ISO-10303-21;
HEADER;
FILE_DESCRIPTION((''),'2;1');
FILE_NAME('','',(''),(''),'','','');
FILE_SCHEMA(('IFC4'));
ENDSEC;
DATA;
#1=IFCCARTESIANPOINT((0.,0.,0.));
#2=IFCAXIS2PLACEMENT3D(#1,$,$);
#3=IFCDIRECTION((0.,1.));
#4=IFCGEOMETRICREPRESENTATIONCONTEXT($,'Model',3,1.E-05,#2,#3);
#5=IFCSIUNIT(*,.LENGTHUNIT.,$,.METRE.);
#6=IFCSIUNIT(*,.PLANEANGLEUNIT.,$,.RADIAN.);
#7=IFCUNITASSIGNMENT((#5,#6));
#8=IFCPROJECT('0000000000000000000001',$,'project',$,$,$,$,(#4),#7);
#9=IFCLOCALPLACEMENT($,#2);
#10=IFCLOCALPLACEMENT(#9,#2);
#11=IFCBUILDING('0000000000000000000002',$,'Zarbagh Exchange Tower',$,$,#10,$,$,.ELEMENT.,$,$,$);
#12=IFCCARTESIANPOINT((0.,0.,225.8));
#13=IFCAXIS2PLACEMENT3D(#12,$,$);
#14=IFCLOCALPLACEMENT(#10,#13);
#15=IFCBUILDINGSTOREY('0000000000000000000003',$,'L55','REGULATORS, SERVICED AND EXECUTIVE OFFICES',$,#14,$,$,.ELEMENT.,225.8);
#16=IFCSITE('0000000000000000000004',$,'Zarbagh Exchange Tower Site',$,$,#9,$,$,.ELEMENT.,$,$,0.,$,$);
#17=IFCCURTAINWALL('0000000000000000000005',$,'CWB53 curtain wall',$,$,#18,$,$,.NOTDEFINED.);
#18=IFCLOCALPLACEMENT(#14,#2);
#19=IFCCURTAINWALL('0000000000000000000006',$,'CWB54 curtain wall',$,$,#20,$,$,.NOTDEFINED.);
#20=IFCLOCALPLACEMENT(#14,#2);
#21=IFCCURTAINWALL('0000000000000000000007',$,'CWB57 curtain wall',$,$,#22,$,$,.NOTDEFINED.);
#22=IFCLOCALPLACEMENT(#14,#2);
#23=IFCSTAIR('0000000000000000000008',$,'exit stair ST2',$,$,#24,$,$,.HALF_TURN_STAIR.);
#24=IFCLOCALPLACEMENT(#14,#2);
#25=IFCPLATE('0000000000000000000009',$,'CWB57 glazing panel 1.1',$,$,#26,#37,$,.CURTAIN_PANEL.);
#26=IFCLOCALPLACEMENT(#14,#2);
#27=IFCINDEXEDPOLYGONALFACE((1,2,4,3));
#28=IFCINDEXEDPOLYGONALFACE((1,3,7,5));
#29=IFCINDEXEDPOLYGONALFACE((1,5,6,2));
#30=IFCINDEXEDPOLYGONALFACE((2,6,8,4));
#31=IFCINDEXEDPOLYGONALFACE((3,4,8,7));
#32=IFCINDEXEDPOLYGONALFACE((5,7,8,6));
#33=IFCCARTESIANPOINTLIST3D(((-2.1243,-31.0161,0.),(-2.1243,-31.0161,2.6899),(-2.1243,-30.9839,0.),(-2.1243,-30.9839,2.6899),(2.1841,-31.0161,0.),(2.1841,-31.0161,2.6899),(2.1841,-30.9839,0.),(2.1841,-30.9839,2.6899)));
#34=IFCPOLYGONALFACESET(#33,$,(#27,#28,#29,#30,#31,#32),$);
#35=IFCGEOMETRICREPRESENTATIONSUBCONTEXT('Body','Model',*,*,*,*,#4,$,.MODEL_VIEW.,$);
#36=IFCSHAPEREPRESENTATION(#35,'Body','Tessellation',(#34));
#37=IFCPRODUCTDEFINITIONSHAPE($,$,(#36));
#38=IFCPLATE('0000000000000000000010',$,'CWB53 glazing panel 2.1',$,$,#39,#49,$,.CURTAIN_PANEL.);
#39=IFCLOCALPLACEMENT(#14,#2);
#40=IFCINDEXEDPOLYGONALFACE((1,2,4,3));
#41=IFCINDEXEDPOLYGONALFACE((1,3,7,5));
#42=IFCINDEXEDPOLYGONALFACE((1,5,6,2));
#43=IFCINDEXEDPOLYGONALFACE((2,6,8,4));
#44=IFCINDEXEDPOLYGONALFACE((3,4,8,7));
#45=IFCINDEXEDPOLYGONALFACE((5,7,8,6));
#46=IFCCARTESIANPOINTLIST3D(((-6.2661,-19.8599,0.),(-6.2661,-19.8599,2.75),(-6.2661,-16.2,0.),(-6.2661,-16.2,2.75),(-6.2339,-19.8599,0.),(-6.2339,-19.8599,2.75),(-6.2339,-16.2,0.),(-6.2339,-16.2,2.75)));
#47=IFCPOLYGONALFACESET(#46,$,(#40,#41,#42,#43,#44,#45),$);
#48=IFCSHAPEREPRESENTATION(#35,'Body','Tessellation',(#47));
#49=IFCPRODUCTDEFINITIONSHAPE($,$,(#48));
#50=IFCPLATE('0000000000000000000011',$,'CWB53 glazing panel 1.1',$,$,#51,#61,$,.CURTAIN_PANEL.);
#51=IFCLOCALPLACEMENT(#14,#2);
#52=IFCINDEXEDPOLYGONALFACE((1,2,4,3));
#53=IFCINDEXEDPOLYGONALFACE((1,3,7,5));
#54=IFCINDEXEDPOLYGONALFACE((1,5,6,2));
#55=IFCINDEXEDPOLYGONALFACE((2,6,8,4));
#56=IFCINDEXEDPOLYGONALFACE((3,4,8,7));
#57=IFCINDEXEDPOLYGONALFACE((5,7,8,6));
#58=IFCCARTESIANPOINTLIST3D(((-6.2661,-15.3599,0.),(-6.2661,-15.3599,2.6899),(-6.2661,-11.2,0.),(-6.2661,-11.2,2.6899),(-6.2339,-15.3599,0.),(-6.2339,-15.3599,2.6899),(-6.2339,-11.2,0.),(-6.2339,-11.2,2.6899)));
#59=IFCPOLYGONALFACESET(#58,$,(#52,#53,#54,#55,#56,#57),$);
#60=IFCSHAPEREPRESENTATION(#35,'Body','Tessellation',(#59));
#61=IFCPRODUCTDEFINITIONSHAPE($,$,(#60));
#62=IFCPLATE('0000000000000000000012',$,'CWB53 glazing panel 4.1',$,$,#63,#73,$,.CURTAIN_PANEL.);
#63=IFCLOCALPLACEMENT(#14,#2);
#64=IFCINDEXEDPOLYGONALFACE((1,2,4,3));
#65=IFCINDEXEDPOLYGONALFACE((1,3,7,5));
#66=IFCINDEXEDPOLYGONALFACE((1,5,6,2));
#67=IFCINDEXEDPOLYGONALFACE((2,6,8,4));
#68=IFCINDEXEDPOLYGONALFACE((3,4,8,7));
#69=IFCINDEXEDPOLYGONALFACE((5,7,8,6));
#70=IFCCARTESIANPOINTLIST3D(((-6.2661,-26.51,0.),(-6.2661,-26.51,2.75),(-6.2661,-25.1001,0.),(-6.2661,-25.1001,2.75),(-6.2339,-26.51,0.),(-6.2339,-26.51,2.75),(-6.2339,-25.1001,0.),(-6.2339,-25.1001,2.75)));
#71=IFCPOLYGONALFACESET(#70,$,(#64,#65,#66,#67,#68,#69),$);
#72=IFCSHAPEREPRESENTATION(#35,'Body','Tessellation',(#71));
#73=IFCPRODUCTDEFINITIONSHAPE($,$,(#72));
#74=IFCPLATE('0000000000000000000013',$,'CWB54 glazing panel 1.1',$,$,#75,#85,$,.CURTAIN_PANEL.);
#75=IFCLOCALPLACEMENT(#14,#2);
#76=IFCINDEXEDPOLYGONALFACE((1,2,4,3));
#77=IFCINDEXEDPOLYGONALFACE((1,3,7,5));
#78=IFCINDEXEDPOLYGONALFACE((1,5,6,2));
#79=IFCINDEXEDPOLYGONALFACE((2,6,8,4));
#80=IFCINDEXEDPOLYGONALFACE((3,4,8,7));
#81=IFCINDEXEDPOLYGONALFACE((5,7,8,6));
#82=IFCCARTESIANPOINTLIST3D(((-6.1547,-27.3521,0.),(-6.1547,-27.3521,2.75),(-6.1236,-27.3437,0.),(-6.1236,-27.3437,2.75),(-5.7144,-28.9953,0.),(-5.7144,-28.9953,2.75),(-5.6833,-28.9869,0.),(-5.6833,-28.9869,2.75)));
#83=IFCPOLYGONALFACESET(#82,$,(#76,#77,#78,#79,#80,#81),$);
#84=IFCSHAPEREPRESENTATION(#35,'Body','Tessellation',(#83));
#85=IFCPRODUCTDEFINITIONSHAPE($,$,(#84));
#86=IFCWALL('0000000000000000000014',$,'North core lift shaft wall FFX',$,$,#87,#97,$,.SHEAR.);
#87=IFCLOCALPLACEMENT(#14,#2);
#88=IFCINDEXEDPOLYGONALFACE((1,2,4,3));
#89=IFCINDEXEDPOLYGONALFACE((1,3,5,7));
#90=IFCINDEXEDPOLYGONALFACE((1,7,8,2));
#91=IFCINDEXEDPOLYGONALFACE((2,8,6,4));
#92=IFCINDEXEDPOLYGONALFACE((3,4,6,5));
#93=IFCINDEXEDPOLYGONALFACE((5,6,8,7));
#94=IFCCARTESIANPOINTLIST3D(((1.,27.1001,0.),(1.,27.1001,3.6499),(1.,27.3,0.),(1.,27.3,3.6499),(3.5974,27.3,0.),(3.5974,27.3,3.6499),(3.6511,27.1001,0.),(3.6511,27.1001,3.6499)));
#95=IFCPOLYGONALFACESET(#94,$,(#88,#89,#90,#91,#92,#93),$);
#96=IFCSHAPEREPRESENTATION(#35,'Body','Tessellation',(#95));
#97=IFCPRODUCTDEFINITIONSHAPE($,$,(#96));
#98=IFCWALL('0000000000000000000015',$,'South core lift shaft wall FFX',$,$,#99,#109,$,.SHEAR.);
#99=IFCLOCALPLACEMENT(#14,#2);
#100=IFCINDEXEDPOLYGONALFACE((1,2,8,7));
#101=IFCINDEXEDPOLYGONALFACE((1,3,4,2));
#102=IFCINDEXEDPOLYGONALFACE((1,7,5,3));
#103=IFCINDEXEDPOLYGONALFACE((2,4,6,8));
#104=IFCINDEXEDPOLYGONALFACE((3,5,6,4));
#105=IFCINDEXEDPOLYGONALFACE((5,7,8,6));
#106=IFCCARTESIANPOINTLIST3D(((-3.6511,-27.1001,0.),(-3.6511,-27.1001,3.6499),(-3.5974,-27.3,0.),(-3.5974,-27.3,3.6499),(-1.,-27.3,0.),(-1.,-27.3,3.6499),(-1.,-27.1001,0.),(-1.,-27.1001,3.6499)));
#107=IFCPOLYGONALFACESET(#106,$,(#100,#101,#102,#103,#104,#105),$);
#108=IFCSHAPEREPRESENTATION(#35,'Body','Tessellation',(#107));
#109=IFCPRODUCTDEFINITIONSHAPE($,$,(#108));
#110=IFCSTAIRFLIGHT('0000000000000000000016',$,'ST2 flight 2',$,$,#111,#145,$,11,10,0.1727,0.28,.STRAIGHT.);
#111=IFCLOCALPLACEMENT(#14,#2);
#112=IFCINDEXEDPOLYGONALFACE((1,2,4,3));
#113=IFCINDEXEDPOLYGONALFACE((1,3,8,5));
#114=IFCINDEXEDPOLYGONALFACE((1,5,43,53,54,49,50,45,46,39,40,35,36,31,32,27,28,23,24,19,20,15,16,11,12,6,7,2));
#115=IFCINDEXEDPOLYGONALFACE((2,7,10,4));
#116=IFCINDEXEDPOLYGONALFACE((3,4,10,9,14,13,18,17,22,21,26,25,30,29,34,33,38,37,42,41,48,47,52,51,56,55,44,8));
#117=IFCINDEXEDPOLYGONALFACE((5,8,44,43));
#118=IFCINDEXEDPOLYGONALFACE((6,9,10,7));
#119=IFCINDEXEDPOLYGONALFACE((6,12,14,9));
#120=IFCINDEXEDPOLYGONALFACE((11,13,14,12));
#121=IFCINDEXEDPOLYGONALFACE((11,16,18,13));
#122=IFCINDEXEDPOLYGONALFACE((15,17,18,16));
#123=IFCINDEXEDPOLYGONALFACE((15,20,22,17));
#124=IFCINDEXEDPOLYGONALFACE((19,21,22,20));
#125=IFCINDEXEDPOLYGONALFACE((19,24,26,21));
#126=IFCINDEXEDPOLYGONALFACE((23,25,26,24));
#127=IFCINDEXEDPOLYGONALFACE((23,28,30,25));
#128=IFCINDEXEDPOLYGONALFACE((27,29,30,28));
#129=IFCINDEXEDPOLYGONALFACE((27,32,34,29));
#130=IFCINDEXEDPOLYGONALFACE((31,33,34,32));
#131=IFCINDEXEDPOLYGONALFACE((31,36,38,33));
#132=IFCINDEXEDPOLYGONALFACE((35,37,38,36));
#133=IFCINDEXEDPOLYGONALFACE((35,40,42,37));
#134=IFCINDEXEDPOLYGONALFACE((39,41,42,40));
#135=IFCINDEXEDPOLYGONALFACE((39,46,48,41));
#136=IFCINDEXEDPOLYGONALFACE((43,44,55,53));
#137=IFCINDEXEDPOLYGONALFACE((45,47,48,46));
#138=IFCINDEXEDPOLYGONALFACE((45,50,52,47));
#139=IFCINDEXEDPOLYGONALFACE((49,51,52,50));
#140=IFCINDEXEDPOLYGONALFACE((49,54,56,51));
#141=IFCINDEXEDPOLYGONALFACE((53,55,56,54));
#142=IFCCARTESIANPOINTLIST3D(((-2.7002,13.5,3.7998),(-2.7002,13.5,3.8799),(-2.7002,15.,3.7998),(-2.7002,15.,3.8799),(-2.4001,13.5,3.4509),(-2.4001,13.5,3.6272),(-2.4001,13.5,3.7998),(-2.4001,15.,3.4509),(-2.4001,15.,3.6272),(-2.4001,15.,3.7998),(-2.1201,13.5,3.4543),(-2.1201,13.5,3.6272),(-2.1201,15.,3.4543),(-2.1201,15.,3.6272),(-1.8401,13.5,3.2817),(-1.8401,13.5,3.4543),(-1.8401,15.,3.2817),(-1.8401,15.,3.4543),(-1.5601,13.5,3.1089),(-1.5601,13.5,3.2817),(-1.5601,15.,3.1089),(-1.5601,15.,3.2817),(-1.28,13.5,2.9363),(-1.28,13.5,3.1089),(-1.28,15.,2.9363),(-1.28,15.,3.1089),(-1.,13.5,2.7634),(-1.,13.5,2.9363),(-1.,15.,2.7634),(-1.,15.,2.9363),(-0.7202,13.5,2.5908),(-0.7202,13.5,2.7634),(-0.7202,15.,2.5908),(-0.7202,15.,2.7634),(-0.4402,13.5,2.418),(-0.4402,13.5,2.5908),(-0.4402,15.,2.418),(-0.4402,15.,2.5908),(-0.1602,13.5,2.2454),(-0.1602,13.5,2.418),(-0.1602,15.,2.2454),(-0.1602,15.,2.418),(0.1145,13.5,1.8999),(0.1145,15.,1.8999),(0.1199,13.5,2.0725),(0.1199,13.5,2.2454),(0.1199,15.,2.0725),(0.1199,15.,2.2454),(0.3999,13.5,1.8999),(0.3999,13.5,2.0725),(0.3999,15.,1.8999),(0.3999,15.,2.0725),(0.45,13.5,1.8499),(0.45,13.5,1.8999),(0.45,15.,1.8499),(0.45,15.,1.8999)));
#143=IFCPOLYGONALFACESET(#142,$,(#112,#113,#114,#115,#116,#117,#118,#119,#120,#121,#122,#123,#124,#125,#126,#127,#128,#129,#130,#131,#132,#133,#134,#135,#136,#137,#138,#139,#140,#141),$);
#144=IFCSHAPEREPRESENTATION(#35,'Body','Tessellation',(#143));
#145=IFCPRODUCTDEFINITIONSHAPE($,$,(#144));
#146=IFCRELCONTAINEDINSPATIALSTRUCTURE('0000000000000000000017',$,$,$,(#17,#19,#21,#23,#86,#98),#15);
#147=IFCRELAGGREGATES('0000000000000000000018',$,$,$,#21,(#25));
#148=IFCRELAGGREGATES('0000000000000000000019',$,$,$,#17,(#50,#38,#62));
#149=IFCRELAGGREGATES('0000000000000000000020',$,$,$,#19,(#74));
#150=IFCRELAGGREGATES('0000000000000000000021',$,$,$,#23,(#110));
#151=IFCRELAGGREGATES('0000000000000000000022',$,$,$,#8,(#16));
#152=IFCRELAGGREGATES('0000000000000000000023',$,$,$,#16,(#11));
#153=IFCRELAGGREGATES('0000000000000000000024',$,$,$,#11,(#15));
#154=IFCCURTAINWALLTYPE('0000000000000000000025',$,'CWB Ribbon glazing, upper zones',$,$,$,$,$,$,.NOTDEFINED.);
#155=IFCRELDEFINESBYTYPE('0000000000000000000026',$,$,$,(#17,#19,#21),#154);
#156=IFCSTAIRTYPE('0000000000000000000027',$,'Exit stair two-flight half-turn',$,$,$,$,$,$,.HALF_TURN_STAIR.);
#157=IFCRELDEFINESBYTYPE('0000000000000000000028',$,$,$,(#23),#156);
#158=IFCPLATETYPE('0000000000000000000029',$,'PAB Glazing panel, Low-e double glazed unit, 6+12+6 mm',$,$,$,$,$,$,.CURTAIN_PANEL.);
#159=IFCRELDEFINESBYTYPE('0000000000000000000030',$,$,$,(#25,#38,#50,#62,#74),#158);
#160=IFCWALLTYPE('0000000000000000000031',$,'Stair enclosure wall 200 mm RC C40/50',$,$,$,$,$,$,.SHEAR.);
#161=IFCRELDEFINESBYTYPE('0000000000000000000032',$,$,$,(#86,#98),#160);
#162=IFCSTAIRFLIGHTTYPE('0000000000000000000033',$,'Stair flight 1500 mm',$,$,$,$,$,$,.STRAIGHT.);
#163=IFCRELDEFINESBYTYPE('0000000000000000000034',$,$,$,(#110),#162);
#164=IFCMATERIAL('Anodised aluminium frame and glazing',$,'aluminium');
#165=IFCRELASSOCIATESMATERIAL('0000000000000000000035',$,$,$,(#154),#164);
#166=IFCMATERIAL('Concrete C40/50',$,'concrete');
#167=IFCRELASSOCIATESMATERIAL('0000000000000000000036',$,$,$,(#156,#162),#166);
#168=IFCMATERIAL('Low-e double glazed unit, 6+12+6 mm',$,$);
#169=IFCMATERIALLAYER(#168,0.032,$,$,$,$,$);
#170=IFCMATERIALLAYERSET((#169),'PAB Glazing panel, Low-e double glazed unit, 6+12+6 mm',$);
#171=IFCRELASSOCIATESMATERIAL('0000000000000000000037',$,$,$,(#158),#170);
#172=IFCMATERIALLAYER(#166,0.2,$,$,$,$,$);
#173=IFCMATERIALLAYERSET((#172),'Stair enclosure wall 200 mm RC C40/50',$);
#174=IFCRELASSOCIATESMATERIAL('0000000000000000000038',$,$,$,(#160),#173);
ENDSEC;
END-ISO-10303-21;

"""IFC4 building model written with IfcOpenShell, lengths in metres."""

from ifc_helpers import new_model, si_unit, direction, frame, origin, place, context, subcontext, project, spatial, polyline, outline, extrude, source, transform, mapped, material, layer, layer_set, type_object, element, aggregate, save


model = new_model("IFC4")

# Units and contexts
model_context = context("Model", 3, precision=1e-05, world=origin(), true_north=direction((0.0, 1.0)))
body_context = subcontext(model_context, "Body", "Model", "MODEL_VIEW")
ifc_project = project(units=[si_unit("LENGTHUNIT", "METRE"), si_unit("PLANEANGLEUNIT", "RADIAN")], contexts=[model_context])

# Site, building, storey
site_placement = place(None, origin())
site = spatial("IfcSite", under=ifc_project, at=site_placement, Name="Zarbagh Exchange Tower Site", CompositionType="ELEMENT", RefElevation=0.0)
building_placement = place(site_placement, origin())
building = spatial("IfcBuilding", under=site, at=building_placement, Name="Zarbagh Exchange Tower", CompositionType="ELEMENT")
storey_placement = place(building_placement, frame((0.0, 0.0, 225.8)))
storey = spatial("IfcBuildingStorey", under=building, at=storey_placement, Name="L55", Description="REGULATORS, SERVICED AND EXECUTIVE OFFICES", CompositionType="ELEMENT", Elevation=225.8)

# Curtain wall
ifc_material_1 = material(Name="Anodised aluminium frame and glazing", Category="aluminium")
curtain_wall_type = type_object("IfcCurtainWallType", Name="CWB Ribbon glazing, upper zones", PredefinedType="NOTDEFINED", material=ifc_material_1)
curtain_wall_1_placement = place(storey_placement, origin())
curtain_wall_1 = element("IfcCurtainWall", 1, at=curtain_wall_1_placement, inside=storey, type_object=curtain_wall_type, Name="CWB53 curtain wall", PredefinedType="NOTDEFINED")
placement = place(storey_placement, origin())

# Curtain wall
curtain_wall_2_placement = place(storey_placement, origin())
curtain_wall_2 = element("IfcCurtainWall", 2, at=curtain_wall_2_placement, inside=storey, type_object=curtain_wall_type, Name="CWB54 curtain wall", PredefinedType="NOTDEFINED")

# Curtain wall
curtain_wall_3_placement = place(storey_placement, origin())
curtain_wall_3 = element("IfcCurtainWall", 3, at=curtain_wall_3_placement, inside=storey, type_object=curtain_wall_type, Name="CWB57 curtain wall", PredefinedType="NOTDEFINED")

# Stair
ifc_material_2 = material(Name="Concrete C40/50", Category="concrete")
stair_type = type_object("IfcStairType", Name="Exit stair two-flight half-turn", PredefinedType="HALF_TURN_STAIR", material=ifc_material_2)
stair_1_placement = place(storey_placement, origin())
stair_1 = element("IfcStair", 4, at=stair_1_placement, inside=storey, type_object=stair_type, Name="exit stair ST2", PredefinedType="HALF_TURN_STAIR")

# Shared definitions
ifc_material_3 = material(Name="Low-e double glazed unit, 6+12+6 mm")
ifc_layer_1 = layer(ifc_material_3, 0.032)
ifc_layer_set_1 = layer_set([ifc_layer_1], Name="PAB Glazing panel, Low-e double glazed unit, 6+12+6 mm")
plate_type = type_object("IfcPlateType", Name="PAB Glazing panel, Low-e double glazed unit, 6+12+6 mm", PredefinedType="CURTAIN_PANEL", material=ifc_layer_set_1)

# Plates
shared_shape_1 = source(origin(), body_context, "Body", "SweptSolid", [
    extrude(outline(polyline([(0.0, -0.0161), (4.3083, -0.0161), (4.3083, 0.0161), (0.0, 0.0161), (0.0, -0.0161)])), origin(), (0.0, 0.0, 1.0), 2.6899),
])
plate_1 = element("IfcPlate", 5, at=placement, type_object=plate_type, Name="CWB57 glazing panel 1.1", PredefinedType="CURTAIN_PANEL", context=body_context, shape_type="MappedRepresentation", body=[
    mapped(shared_shape_1, transform((-2.1243, -31.0, 0.0), x_axis=(1.0, 0.0, 0.0), y_axis=(0.0, 1.0, 0.0), z_axis=(0.0, 0.0, 1.0))),
])
aggregate(curtain_wall_3, [plate_1])
shared_shape_2 = source(origin(), body_context, "Body", "SweptSolid", [
    extrude(outline(polyline([(0.0, -0.0161), (3.6599, -0.0161), (3.6599, 0.0161), (0.0, 0.0161), (0.0, -0.0161)])), origin(), (0.0, 0.0, 1.0), 2.75),
])
plate_2 = element("IfcPlate", 6, at=placement, type_object=plate_type, Name="CWB53 glazing panel 2.1", PredefinedType="CURTAIN_PANEL", context=body_context, shape_type="MappedRepresentation", body=[
    mapped(shared_shape_2, transform((-6.25, -16.2, 0.0), x_axis=(0.0, -1.0, 0.0), y_axis=(1.0, 0.0, 0.0), z_axis=(0.0, 0.0, 1.0))),
])
shared_shape_3 = source(origin(), body_context, "Body", "SweptSolid", [
    extrude(outline(polyline([(0.0, -0.0161), (4.1599, -0.0161), (4.1599, 0.0161), (0.0, 0.0161), (0.0, -0.0161)])), origin(), (0.0, 0.0, 1.0), 2.6899),
])
plate_3 = element("IfcPlate", 7, at=placement, type_object=plate_type, Name="CWB53 glazing panel 1.1", PredefinedType="CURTAIN_PANEL", context=body_context, shape_type="MappedRepresentation", body=[
    mapped(shared_shape_3, transform((-6.25, -11.2, 0.0), x_axis=(0.0, -1.0, 0.0), y_axis=(1.0, 0.0, 0.0), z_axis=(0.0, 0.0, 1.0))),
])
shared_shape_4 = source(origin(), body_context, "Body", "SweptSolid", [
    extrude(outline(polyline([(0.0, -0.0161), (1.4099, -0.0161), (1.4099, 0.0161), (0.0, 0.0161), (0.0, -0.0161)])), origin(), (0.0, 0.0, 1.0), 2.75),
])
plate_4 = element("IfcPlate", 8, at=placement, type_object=plate_type, Name="CWB53 glazing panel 4.1", PredefinedType="CURTAIN_PANEL", context=body_context, shape_type="MappedRepresentation", body=[
    mapped(shared_shape_4, transform((-6.25, -25.1001, 0.0), x_axis=(0.0, -1.0, 0.0), y_axis=(1.0, 0.0, 0.0), z_axis=(0.0, 0.0, 1.0))),
])
aggregate(curtain_wall_1, [plate_3, plate_2, plate_4])
shared_shape_5 = source(origin(), body_context, "Body", "SweptSolid", [
    extrude(outline(polyline([(0.0, -0.0161), (1.7012, -0.0161), (1.7012, 0.0161), (0.0, 0.0161), (0.0, -0.0161)])), origin(), (0.0, 0.0, 1.0), 2.75),
])
plate_5 = element("IfcPlate", 9, at=placement, type_object=plate_type, Name="CWB54 glazing panel 1.1", PredefinedType="CURTAIN_PANEL", context=body_context, shape_type="MappedRepresentation", body=[
    mapped(shared_shape_5, transform((-6.1392, -27.3479, 0.0), x_axis=(0.258825, -0.965924, 0.0), y_axis=(0.965924, 0.258825, 0.0), z_axis=(0.0, 0.0, 1.0))),
])
aggregate(curtain_wall_2, [plate_5])

# Walls
ifc_layer_2 = layer(ifc_material_2, 0.2)
ifc_layer_set_2 = layer_set([ifc_layer_2], Name="Stair enclosure wall 200 mm RC C40/50")
wall_type = type_object("IfcWallType", Name="Stair enclosure wall 200 mm RC C40/50", PredefinedType="SHEAR", material=ifc_layer_set_2)
wall_1_placement = place(storey_placement, origin())
element("IfcWall", 10, at=wall_1_placement, inside=storey, type_object=wall_type, Name="North core lift shaft wall FFX", PredefinedType="SHEAR", context=body_context, shape_type="SweptSolid", body=[
    extrude(outline(polyline([(1.0, 27.1001), (3.6511, 27.1001), (3.5974, 27.3), (1.0, 27.3), (1.0, 27.1001)])), origin(), (0.0, 0.0, 1.0), 3.6499),
])
wall_2_placement = place(storey_placement, origin())
element("IfcWall", 11, at=wall_2_placement, inside=storey, type_object=wall_type, Name="South core lift shaft wall FFX", PredefinedType="SHEAR", context=body_context, shape_type="SweptSolid", body=[
    extrude(outline(polyline([(-1.0, -27.1001), (-3.6511, -27.1001), (-3.5974, -27.3), (-1.0, -27.3), (-1.0, -27.1001)])), origin(), (0.0, 0.0, 1.0), 3.6499),
])

# Stair flight
stair_flight_type = type_object("IfcStairFlightType", Name="Stair flight 1500 mm", PredefinedType="STRAIGHT", material=ifc_material_2)
stair_flight_placement = place(storey_placement, frame((0.3999, 14.25, 1.8999), z_axis=(0.0, 0.0, 1.0), x_axis=(-1.0, 0.0, 0.0)))
stair_flight = element("IfcStairFlight", 12, at=stair_flight_placement, type_object=stair_flight_type, Name="ST2 flight 2", NumberOfRisers=11, NumberOfTreads=10, PredefinedType="STRAIGHT", RiserHeight=0.1727, TreadLength=0.28, context=body_context, shape_type="SweptSolid", body=[
    extrude(outline(polyline([(-0.05, -0.05), (-0.05, 0.0), (0.0, 0.0), (0.0, 0.1726), (0.28, 0.1726), (0.28, 0.3455), (0.5601, 0.3455), (0.5601, 0.5181), (0.8401, 0.5181), (0.8401, 0.6909), (1.1201, 0.6909), (1.1201, 0.8635), (1.3999, 0.8635), (1.3999, 1.0364), (1.6799, 1.0364), (1.6799, 1.209), (1.96, 1.209), (1.96, 1.3818), (2.24, 1.3818), (2.24, 1.5544), (2.52, 1.5544), (2.52, 1.7273), (2.8, 1.7273), (2.8, 1.8999), (3.1001, 1.98), (3.1001, 1.8999), (2.8, 1.551), (0.2854, 0.0), (-0.05, -0.05)])), frame((0.0, 0.75, 0.0), z_axis=(0.0, -1.0, 0.0), x_axis=(1.0, 0.0, 0.0)), (0.0, 0.0, 1.0), 1.5),
])
aggregate(stair_1, [stair_flight])

save(model, "model.ifc")
